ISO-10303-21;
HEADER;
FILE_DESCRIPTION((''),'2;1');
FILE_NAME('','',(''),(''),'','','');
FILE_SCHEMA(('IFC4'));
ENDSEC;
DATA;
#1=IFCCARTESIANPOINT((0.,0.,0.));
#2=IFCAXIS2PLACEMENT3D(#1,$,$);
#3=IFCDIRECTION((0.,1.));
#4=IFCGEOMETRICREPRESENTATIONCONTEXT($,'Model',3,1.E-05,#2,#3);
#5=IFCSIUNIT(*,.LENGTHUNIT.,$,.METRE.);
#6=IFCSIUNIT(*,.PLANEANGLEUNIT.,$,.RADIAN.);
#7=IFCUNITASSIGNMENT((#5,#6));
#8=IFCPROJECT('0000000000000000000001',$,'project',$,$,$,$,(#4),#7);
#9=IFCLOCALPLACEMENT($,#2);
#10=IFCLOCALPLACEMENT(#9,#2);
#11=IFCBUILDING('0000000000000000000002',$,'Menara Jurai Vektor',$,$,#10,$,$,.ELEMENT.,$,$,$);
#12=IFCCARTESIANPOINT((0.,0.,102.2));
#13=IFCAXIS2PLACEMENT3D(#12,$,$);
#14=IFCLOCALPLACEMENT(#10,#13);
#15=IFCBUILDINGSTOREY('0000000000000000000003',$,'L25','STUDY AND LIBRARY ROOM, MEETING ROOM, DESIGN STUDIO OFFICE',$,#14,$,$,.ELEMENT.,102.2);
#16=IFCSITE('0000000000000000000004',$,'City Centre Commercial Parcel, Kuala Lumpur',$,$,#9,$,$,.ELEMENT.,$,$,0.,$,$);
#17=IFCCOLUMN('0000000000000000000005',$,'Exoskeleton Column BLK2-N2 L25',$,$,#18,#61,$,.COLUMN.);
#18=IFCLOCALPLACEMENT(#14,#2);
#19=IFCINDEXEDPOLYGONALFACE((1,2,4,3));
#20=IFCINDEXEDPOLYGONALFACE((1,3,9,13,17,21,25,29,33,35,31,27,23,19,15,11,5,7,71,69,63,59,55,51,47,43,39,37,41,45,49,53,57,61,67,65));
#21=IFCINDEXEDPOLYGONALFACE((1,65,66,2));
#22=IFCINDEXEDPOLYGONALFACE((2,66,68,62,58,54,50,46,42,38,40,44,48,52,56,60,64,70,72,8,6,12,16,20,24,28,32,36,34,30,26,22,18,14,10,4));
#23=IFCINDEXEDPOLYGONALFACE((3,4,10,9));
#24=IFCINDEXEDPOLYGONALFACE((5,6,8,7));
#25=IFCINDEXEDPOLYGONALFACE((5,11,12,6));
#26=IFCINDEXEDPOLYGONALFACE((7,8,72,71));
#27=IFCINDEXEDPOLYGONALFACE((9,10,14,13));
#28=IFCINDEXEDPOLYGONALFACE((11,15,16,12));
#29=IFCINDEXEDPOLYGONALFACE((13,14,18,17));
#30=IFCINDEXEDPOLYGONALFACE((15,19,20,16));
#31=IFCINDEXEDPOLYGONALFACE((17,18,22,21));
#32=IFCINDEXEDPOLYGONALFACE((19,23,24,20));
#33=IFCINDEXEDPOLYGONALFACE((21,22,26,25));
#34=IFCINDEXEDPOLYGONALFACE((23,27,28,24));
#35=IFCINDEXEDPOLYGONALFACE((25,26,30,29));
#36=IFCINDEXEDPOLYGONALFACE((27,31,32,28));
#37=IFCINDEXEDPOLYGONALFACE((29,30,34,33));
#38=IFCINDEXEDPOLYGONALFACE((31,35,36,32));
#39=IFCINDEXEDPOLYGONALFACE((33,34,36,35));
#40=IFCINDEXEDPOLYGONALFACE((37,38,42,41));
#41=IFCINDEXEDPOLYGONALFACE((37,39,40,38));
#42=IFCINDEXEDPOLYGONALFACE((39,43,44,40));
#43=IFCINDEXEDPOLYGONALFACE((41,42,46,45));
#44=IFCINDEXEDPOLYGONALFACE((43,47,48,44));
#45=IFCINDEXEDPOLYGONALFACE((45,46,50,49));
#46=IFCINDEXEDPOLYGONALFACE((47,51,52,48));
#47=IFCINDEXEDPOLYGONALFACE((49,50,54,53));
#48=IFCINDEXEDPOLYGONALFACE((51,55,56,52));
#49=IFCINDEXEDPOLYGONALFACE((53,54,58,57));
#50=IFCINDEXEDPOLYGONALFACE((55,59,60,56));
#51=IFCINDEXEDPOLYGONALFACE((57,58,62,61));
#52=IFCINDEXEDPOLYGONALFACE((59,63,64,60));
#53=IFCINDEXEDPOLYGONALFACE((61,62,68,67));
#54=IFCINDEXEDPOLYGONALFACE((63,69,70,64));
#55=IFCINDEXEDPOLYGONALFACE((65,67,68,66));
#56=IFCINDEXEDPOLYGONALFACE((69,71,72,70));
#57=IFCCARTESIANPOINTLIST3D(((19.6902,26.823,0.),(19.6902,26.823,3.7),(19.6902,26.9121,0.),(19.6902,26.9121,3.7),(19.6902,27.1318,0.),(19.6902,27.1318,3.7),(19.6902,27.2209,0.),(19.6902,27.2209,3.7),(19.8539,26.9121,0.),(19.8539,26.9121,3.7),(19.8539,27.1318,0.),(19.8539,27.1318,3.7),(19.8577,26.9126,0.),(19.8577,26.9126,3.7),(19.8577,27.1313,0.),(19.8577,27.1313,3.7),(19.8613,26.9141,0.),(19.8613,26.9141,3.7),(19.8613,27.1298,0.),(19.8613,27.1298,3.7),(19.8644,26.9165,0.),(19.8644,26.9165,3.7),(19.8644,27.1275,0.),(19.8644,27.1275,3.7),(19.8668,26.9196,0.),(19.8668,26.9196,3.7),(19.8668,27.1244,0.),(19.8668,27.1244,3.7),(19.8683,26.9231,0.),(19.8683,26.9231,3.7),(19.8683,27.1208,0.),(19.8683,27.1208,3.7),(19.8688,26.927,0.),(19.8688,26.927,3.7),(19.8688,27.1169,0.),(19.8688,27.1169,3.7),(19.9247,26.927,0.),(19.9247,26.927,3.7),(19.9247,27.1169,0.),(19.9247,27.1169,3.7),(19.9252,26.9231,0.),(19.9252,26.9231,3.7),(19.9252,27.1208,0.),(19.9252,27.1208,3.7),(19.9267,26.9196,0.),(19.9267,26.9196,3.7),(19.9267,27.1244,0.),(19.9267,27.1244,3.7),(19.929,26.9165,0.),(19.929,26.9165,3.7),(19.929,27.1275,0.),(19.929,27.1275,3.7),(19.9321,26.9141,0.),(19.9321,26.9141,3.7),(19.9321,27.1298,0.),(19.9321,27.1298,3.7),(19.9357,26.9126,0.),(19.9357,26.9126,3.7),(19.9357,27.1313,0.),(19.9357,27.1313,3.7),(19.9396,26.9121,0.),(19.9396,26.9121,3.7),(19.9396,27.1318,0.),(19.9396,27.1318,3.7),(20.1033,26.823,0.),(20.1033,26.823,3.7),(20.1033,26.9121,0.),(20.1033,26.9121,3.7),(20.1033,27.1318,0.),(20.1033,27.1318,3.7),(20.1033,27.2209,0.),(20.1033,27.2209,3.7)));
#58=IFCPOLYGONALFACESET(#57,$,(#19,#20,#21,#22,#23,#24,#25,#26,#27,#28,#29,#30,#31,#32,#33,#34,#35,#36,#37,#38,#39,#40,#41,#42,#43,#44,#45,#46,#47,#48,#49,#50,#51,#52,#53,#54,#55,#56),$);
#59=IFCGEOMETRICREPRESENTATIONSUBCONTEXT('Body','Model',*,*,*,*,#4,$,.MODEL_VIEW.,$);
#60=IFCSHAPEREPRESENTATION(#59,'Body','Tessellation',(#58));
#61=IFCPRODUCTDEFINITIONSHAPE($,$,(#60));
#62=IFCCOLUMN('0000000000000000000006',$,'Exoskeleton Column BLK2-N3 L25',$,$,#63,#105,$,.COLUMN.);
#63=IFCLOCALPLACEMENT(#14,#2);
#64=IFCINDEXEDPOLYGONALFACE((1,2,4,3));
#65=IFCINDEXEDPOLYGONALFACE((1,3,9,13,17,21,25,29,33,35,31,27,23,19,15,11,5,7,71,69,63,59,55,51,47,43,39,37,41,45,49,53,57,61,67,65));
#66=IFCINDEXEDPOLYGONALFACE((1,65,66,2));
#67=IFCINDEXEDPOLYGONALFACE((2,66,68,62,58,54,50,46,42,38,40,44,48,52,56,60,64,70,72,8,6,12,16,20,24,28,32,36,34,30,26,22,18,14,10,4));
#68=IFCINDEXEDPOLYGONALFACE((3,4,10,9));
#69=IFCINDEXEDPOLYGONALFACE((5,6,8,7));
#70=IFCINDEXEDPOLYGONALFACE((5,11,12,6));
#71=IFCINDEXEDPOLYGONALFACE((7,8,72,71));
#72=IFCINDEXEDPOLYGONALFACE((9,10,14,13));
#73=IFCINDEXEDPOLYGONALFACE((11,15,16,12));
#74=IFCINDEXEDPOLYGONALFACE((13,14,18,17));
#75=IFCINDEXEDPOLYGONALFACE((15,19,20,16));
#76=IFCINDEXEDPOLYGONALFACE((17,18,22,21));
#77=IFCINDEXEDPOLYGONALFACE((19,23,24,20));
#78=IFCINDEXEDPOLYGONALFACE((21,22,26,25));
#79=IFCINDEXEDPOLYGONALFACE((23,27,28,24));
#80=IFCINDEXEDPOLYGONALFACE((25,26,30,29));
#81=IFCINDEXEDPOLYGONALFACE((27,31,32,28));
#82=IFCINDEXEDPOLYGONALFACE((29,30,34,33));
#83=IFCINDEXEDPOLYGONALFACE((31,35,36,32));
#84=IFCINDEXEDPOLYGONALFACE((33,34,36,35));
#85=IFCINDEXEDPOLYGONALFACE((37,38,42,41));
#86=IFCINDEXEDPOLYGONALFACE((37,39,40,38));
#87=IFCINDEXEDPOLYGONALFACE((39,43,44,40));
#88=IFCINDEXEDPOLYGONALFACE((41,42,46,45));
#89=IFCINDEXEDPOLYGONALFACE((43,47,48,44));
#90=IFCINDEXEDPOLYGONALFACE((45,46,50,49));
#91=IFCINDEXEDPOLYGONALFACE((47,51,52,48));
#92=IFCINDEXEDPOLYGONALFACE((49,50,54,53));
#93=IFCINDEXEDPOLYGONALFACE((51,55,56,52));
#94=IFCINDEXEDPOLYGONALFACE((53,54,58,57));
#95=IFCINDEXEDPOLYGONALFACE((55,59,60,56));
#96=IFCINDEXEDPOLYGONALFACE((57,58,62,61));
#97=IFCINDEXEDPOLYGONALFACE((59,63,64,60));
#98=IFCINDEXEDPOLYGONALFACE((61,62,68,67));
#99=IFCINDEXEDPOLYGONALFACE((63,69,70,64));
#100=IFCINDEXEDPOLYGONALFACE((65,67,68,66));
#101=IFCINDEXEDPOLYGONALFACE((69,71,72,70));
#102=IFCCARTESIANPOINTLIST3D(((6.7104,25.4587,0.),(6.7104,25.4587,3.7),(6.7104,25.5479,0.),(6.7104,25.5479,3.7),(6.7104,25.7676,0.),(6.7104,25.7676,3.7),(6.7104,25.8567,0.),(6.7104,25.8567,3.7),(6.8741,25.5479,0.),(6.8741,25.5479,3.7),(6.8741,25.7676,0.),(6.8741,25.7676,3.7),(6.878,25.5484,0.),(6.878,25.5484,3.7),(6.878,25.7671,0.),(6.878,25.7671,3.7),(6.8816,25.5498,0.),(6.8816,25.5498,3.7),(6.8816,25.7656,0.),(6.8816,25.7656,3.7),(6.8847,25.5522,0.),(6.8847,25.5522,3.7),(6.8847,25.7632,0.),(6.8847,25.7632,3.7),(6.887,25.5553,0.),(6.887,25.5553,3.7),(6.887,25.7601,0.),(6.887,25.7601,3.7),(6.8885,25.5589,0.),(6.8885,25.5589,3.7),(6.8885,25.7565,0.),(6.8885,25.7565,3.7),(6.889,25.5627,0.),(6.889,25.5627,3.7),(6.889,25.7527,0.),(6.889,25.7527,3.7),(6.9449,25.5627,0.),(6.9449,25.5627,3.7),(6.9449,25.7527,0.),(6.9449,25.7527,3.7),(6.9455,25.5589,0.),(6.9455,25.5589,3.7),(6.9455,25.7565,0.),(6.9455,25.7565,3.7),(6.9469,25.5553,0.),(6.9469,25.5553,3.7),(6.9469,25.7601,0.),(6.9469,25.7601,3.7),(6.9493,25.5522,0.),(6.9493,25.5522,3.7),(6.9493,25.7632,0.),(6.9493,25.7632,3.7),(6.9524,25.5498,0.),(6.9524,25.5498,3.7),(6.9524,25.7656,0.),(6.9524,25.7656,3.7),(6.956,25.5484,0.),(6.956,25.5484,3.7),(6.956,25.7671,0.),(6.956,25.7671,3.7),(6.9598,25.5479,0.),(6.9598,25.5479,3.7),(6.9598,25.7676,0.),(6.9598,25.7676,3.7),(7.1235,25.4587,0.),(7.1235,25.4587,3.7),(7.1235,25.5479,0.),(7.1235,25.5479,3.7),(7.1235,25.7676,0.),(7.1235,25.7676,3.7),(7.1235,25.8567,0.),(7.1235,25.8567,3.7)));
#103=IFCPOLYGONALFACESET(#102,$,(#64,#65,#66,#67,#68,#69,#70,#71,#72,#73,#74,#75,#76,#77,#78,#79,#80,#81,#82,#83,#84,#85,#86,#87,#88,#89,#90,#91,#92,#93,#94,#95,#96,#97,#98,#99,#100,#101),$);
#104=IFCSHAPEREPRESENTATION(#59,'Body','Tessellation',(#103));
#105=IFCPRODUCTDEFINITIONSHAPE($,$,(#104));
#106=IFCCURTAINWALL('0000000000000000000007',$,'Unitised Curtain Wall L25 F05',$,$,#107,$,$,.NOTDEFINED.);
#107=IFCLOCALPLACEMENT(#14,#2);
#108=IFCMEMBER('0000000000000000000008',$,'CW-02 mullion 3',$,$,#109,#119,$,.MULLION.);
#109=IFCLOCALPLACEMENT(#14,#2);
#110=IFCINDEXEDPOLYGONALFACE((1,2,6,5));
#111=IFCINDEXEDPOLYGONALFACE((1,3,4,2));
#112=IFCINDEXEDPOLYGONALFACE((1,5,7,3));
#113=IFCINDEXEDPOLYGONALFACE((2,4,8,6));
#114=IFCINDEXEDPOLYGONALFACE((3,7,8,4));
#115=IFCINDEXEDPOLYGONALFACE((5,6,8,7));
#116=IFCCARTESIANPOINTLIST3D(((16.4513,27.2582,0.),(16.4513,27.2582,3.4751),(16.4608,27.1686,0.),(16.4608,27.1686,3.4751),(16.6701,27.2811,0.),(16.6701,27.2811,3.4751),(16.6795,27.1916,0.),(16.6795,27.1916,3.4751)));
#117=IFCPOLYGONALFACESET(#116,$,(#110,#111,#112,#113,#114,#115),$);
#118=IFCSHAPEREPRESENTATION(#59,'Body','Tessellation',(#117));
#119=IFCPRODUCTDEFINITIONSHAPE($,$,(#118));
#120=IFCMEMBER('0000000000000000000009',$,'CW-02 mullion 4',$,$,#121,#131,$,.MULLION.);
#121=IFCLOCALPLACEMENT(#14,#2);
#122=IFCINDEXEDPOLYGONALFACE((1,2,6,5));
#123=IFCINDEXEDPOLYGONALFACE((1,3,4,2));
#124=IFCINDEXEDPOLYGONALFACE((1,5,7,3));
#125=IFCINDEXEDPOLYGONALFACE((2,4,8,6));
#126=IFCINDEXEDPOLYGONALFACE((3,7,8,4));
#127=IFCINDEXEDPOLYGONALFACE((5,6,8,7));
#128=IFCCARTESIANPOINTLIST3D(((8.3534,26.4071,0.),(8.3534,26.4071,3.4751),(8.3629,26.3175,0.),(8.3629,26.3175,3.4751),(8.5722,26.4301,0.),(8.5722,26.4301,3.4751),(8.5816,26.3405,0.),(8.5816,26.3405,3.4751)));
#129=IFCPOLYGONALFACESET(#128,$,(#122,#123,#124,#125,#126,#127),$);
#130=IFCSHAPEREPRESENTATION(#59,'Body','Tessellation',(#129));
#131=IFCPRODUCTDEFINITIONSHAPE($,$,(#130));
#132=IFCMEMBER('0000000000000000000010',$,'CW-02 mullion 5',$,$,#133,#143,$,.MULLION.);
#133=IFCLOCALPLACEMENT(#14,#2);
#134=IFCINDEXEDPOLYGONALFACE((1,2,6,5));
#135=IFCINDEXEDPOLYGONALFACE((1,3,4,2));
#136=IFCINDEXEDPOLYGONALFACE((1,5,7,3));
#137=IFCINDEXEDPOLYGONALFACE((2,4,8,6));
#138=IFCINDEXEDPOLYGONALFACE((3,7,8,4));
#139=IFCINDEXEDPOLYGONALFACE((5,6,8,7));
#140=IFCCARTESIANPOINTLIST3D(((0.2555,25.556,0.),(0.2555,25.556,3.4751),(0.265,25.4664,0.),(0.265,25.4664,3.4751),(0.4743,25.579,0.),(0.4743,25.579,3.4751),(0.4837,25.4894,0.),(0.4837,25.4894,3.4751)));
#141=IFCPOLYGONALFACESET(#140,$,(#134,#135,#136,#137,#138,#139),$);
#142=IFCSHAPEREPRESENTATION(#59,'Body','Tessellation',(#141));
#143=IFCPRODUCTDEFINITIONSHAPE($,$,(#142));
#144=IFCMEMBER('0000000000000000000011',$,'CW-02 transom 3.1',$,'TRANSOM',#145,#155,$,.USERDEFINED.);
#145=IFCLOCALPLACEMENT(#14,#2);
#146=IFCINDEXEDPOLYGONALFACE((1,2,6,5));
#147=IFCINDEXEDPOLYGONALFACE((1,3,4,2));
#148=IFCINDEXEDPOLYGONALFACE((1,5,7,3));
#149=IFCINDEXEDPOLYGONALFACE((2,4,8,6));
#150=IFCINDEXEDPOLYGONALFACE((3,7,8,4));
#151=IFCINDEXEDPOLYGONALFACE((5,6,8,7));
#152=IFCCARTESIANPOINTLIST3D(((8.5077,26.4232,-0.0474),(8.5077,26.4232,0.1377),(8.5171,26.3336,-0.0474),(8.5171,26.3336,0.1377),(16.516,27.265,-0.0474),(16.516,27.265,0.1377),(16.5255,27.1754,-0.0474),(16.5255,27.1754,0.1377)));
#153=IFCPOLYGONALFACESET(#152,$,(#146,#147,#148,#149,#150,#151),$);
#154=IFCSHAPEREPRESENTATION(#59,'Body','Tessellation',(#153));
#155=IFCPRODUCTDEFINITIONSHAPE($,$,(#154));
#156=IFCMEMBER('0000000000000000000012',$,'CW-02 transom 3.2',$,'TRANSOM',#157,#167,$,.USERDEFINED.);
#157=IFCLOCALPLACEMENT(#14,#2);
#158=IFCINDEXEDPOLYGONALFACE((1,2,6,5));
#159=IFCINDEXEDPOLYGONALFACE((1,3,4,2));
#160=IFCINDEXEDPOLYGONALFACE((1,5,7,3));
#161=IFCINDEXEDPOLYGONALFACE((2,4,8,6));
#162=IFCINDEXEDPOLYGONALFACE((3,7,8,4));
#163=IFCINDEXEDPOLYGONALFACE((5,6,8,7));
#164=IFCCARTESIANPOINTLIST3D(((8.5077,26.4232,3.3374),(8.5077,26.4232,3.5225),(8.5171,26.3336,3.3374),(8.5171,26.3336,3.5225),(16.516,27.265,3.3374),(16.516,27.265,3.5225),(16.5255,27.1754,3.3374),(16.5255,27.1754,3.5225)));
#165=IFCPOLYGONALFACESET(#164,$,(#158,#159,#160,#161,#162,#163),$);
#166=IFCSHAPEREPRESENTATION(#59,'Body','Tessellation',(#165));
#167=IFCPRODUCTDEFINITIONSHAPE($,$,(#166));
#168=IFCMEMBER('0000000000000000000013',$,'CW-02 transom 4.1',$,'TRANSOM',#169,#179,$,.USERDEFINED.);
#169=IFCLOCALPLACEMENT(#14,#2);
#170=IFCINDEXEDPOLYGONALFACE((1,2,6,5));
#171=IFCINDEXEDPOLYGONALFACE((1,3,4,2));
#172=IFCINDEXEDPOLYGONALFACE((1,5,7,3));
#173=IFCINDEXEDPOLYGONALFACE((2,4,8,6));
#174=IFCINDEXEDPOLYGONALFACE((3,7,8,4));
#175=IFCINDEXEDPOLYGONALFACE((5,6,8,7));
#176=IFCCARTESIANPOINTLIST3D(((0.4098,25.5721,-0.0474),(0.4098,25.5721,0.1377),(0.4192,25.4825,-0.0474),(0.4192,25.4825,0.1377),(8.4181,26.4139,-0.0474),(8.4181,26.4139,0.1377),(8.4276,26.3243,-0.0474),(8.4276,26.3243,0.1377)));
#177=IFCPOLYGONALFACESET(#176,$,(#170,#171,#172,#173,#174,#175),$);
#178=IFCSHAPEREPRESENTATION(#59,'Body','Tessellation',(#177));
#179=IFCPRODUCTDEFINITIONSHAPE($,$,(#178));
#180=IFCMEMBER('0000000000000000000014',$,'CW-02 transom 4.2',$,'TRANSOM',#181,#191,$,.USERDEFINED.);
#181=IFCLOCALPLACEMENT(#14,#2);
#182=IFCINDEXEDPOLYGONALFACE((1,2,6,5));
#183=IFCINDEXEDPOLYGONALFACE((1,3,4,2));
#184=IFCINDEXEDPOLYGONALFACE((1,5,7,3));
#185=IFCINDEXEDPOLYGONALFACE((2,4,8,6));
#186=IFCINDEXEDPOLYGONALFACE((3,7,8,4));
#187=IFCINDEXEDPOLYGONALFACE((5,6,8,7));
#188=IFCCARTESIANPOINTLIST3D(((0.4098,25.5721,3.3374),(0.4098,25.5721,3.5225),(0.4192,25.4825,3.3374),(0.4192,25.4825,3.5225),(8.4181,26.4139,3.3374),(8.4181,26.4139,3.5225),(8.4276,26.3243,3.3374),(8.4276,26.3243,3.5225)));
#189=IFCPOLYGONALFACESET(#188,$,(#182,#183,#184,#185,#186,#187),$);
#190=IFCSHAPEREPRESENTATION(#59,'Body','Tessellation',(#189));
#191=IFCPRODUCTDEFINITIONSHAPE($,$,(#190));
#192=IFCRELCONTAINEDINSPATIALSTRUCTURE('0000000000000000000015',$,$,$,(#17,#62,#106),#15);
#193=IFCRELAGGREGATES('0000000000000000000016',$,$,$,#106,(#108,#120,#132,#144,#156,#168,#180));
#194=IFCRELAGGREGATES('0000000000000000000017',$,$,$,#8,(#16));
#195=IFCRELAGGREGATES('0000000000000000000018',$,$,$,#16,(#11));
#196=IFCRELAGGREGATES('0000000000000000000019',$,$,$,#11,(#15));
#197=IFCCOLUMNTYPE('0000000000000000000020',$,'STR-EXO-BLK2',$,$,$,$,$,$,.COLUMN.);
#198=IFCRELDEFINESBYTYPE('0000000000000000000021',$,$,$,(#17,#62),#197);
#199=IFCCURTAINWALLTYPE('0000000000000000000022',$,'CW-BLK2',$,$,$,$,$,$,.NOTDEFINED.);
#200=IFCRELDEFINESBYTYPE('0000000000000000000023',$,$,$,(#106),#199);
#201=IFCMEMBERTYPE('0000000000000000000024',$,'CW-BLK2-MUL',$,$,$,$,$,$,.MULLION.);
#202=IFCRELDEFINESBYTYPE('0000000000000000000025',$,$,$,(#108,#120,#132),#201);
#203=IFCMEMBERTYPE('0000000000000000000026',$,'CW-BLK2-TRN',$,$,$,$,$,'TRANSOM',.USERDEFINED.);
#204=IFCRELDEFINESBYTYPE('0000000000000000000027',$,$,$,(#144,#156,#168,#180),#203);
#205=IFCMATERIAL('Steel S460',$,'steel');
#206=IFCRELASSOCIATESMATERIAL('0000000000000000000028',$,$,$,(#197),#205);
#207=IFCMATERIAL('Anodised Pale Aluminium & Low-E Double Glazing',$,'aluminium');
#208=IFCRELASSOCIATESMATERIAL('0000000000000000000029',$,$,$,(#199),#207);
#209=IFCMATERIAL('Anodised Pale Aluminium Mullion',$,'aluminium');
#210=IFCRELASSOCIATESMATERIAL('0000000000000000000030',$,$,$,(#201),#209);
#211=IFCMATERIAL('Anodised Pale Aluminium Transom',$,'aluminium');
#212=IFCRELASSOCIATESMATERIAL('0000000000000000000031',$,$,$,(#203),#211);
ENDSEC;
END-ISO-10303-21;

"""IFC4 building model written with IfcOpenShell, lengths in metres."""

from ifc_helpers import new_model, si_unit, direction, frame, origin, origin_2d, place, context, subcontext, project, spatial, rectangle, i_section, extrude, material, material_profile, profile_set, type_object, element, aggregate, save


model = new_model("IFC4")

# Units and contexts
model_context = context("Model", 3, precision=1e-05, world=origin(), true_north=direction((0.0, 1.0)))
body_context = subcontext(model_context, "Body", "Model", "MODEL_VIEW")
ifc_project = project(units=[si_unit("LENGTHUNIT", "METRE"), si_unit("PLANEANGLEUNIT", "RADIAN")], contexts=[model_context])

# Site, building, storey
site_placement = place(None, origin())
site = spatial("IfcSite", under=ifc_project, at=site_placement, Name="City Centre Commercial Parcel, Kuala Lumpur", CompositionType="ELEMENT", RefElevation=0.0)
building_placement = place(site_placement, origin())
building = spatial("IfcBuilding", under=site, at=building_placement, Name="Menara Jurai Vektor", CompositionType="ELEMENT")
storey_placement = place(building_placement, frame((0.0, 0.0, 102.2)))
storey = spatial("IfcBuildingStorey", under=building, at=storey_placement, Name="L25", Description="STUDY AND LIBRARY ROOM, MEETING ROOM, DESIGN STUDIO OFFICE", CompositionType="ELEMENT", Elevation=102.2)

# Columns
ifc_material_1 = material(Name="Steel S460", Category="steel")
ifc_material_profile_1 = material_profile(ifc_material_1, i_section(OverallWidth=0.4131, OverallDepth=0.3979, WebThickness=0.0559, FlangeThickness=0.0891, FilletRadius=0.0149, at=origin_2d()), Name="HD 400x744")
ifc_profile_set_1 = profile_set([ifc_material_profile_1], Name="Steel S460")
column_type = type_object("IfcColumnType", Name="STR-EXO-BLK2", PredefinedType="COLUMN", material=ifc_profile_set_1)
for number, where, z_axis, x_axis, name in (
    (1, (19.8967, 27.022, 0.0), (0.0, 0.0, 1.0), (1.0, 0.0, 0.0), "Exoskeleton Column BLK2-N2 L25"),
    (2, (6.917, 25.6577, 0.0), (0.0, 0.0, 1.0), (1.0, 0.0, 0.0), "Exoskeleton Column BLK2-N3 L25"),
):
    element("IfcColumn", number, at=place(storey_placement, frame(where, z_axis=z_axis, x_axis=x_axis)), inside=storey, type_object=column_type, Name=name, PredefinedType="COLUMN", context=body_context, shape_type="SweptSolid", body=[
        extrude(i_section(OverallWidth=0.4131, OverallDepth=0.3979, WebThickness=0.0559, FlangeThickness=0.0891, FilletRadius=0.0149, at=origin_2d()), origin(), (0.0, 0.0, 1.0), 3.7),
    ])

# Curtain wall, members
ifc_material_2 = material(Name="Anodised Pale Aluminium & Low-E Double Glazing", Category="aluminium")
curtain_wall_type = type_object("IfcCurtainWallType", Name="CW-BLK2", PredefinedType="NOTDEFINED", material=ifc_material_2)
curtain_wall_placement = place(storey_placement, origin())
curtain_wall = element("IfcCurtainWall", 3, at=curtain_wall_placement, inside=storey, type_object=curtain_wall_type, Name="Unitised Curtain Wall L25 F05", PredefinedType="NOTDEFINED")
ifc_material_3 = material(Name="Anodised Pale Aluminium Mullion", Category="aluminium")
ifc_material_profile_2 = material_profile(ifc_material_3, rectangle(XDim=0.0901, YDim=0.22, at=origin_2d()), Name="ALU MUL 90x220")
ifc_profile_set_2 = profile_set([ifc_material_profile_2], Name="Anodised Pale Aluminium Mullion")
member_type_1 = type_object("IfcMemberType", Name="CW-BLK2-MUL", PredefinedType="MULLION", material=ifc_profile_set_2)
member_1_placement = place(storey_placement, frame((16.5654, 27.2249, 0.0), z_axis=(0.0, 0.0, 1.0), x_axis=(0.104529, -0.994522, 0.0)))
member_1 = element("IfcMember", 4, at=member_1_placement, type_object=member_type_1, Name="CW-02 mullion 3", PredefinedType="MULLION", context=body_context, shape_type="SweptSolid", body=[
    extrude(rectangle(XDim=0.0901, YDim=0.22, at=origin_2d()), origin(), (0.0, 0.0, 1.0), 3.4751),
])
member_2_placement = place(storey_placement, frame((8.4675, 26.3738, 0.0), z_axis=(0.0, 0.0, 1.0), x_axis=(0.104529, -0.994522, 0.0)))
member_2 = element("IfcMember", 5, at=member_2_placement, type_object=member_type_1, Name="CW-02 mullion 4", PredefinedType="MULLION", context=body_context, shape_type="SweptSolid", body=[
    extrude(rectangle(XDim=0.0901, YDim=0.22, at=origin_2d()), origin(), (0.0, 0.0, 1.0), 3.4751),
])
member_3_placement = place(storey_placement, frame((0.3696, 25.5227, 0.0), z_axis=(0.0, 0.0, 1.0), x_axis=(0.104529, -0.994522, 0.0)))
member_3 = element("IfcMember", 6, at=member_3_placement, type_object=member_type_1, Name="CW-02 mullion 5", PredefinedType="MULLION", context=body_context, shape_type="SweptSolid", body=[
    extrude(rectangle(XDim=0.0901, YDim=0.22, at=origin_2d()), origin(), (0.0, 0.0, 1.0), 3.4751),
])
ifc_material_4 = material(Name="Anodised Pale Aluminium Transom", Category="aluminium")
ifc_material_profile_3 = material_profile(ifc_material_4, rectangle(XDim=0.0901, YDim=0.1851, at=origin_2d()), Name="ALU TRN 90x185")
ifc_profile_set_3 = profile_set([ifc_material_profile_3], Name="Anodised Pale Aluminium Transom")
member_type_2 = type_object("IfcMemberType", Name="CW-BLK2-TRN", ElementType="TRANSOM", PredefinedType="USERDEFINED", material=ifc_profile_set_3)
member_4_placement = place(storey_placement, frame((16.5208, 27.2202, 0.0452), z_axis=(-0.994521, -0.10454, 0.0), x_axis=(0.10454, -0.994521, 0.0)))
member_4 = element("IfcMember", 7, at=member_4_placement, type_object=member_type_2, Name="CW-02 transom 3.1", ObjectType="TRANSOM", PredefinedType="USERDEFINED", context=body_context, shape_type="SweptSolid", body=[
    extrude(rectangle(XDim=0.0901, YDim=0.1851, at=origin_2d()), origin(), (0.0, 0.0, 1.0), 8.0525),
])
member_5_placement = place(storey_placement, frame((16.5208, 27.2202, 3.4299), z_axis=(-0.994521, -0.10454, 0.0), x_axis=(0.10454, -0.994521, 0.0)))
member_5 = element("IfcMember", 8, at=member_5_placement, type_object=member_type_2, Name="CW-02 transom 3.2", ObjectType="TRANSOM", PredefinedType="USERDEFINED", context=body_context, shape_type="SweptSolid", body=[
    extrude(rectangle(XDim=0.0901, YDim=0.1851, at=origin_2d()), origin(), (0.0, 0.0, 1.0), 8.0525),
])
member_6_placement = place(storey_placement, frame((8.4229, 26.3691, 0.0452), z_axis=(-0.994521, -0.10454, 0.0), x_axis=(0.10454, -0.994521, 0.0)))
member_6 = element("IfcMember", 9, at=member_6_placement, type_object=member_type_2, Name="CW-02 transom 4.1", ObjectType="TRANSOM", PredefinedType="USERDEFINED", context=body_context, shape_type="SweptSolid", body=[
    extrude(rectangle(XDim=0.0901, YDim=0.1851, at=origin_2d()), origin(), (0.0, 0.0, 1.0), 8.0525),
])
member_7_placement = place(storey_placement, frame((8.4229, 26.3691, 3.4299), z_axis=(-0.994521, -0.10454, 0.0), x_axis=(0.10454, -0.994521, 0.0)))
member_7 = element("IfcMember", 10, at=member_7_placement, type_object=member_type_2, Name="CW-02 transom 4.2", ObjectType="TRANSOM", PredefinedType="USERDEFINED", context=body_context, shape_type="SweptSolid", body=[
    extrude(rectangle(XDim=0.0901, YDim=0.1851, at=origin_2d()), origin(), (0.0, 0.0, 1.0), 8.0525),
])

aggregate(curtain_wall, [member_1, member_2, member_3, member_4, member_5, member_6, member_7])

save(model, "model.ifc")
